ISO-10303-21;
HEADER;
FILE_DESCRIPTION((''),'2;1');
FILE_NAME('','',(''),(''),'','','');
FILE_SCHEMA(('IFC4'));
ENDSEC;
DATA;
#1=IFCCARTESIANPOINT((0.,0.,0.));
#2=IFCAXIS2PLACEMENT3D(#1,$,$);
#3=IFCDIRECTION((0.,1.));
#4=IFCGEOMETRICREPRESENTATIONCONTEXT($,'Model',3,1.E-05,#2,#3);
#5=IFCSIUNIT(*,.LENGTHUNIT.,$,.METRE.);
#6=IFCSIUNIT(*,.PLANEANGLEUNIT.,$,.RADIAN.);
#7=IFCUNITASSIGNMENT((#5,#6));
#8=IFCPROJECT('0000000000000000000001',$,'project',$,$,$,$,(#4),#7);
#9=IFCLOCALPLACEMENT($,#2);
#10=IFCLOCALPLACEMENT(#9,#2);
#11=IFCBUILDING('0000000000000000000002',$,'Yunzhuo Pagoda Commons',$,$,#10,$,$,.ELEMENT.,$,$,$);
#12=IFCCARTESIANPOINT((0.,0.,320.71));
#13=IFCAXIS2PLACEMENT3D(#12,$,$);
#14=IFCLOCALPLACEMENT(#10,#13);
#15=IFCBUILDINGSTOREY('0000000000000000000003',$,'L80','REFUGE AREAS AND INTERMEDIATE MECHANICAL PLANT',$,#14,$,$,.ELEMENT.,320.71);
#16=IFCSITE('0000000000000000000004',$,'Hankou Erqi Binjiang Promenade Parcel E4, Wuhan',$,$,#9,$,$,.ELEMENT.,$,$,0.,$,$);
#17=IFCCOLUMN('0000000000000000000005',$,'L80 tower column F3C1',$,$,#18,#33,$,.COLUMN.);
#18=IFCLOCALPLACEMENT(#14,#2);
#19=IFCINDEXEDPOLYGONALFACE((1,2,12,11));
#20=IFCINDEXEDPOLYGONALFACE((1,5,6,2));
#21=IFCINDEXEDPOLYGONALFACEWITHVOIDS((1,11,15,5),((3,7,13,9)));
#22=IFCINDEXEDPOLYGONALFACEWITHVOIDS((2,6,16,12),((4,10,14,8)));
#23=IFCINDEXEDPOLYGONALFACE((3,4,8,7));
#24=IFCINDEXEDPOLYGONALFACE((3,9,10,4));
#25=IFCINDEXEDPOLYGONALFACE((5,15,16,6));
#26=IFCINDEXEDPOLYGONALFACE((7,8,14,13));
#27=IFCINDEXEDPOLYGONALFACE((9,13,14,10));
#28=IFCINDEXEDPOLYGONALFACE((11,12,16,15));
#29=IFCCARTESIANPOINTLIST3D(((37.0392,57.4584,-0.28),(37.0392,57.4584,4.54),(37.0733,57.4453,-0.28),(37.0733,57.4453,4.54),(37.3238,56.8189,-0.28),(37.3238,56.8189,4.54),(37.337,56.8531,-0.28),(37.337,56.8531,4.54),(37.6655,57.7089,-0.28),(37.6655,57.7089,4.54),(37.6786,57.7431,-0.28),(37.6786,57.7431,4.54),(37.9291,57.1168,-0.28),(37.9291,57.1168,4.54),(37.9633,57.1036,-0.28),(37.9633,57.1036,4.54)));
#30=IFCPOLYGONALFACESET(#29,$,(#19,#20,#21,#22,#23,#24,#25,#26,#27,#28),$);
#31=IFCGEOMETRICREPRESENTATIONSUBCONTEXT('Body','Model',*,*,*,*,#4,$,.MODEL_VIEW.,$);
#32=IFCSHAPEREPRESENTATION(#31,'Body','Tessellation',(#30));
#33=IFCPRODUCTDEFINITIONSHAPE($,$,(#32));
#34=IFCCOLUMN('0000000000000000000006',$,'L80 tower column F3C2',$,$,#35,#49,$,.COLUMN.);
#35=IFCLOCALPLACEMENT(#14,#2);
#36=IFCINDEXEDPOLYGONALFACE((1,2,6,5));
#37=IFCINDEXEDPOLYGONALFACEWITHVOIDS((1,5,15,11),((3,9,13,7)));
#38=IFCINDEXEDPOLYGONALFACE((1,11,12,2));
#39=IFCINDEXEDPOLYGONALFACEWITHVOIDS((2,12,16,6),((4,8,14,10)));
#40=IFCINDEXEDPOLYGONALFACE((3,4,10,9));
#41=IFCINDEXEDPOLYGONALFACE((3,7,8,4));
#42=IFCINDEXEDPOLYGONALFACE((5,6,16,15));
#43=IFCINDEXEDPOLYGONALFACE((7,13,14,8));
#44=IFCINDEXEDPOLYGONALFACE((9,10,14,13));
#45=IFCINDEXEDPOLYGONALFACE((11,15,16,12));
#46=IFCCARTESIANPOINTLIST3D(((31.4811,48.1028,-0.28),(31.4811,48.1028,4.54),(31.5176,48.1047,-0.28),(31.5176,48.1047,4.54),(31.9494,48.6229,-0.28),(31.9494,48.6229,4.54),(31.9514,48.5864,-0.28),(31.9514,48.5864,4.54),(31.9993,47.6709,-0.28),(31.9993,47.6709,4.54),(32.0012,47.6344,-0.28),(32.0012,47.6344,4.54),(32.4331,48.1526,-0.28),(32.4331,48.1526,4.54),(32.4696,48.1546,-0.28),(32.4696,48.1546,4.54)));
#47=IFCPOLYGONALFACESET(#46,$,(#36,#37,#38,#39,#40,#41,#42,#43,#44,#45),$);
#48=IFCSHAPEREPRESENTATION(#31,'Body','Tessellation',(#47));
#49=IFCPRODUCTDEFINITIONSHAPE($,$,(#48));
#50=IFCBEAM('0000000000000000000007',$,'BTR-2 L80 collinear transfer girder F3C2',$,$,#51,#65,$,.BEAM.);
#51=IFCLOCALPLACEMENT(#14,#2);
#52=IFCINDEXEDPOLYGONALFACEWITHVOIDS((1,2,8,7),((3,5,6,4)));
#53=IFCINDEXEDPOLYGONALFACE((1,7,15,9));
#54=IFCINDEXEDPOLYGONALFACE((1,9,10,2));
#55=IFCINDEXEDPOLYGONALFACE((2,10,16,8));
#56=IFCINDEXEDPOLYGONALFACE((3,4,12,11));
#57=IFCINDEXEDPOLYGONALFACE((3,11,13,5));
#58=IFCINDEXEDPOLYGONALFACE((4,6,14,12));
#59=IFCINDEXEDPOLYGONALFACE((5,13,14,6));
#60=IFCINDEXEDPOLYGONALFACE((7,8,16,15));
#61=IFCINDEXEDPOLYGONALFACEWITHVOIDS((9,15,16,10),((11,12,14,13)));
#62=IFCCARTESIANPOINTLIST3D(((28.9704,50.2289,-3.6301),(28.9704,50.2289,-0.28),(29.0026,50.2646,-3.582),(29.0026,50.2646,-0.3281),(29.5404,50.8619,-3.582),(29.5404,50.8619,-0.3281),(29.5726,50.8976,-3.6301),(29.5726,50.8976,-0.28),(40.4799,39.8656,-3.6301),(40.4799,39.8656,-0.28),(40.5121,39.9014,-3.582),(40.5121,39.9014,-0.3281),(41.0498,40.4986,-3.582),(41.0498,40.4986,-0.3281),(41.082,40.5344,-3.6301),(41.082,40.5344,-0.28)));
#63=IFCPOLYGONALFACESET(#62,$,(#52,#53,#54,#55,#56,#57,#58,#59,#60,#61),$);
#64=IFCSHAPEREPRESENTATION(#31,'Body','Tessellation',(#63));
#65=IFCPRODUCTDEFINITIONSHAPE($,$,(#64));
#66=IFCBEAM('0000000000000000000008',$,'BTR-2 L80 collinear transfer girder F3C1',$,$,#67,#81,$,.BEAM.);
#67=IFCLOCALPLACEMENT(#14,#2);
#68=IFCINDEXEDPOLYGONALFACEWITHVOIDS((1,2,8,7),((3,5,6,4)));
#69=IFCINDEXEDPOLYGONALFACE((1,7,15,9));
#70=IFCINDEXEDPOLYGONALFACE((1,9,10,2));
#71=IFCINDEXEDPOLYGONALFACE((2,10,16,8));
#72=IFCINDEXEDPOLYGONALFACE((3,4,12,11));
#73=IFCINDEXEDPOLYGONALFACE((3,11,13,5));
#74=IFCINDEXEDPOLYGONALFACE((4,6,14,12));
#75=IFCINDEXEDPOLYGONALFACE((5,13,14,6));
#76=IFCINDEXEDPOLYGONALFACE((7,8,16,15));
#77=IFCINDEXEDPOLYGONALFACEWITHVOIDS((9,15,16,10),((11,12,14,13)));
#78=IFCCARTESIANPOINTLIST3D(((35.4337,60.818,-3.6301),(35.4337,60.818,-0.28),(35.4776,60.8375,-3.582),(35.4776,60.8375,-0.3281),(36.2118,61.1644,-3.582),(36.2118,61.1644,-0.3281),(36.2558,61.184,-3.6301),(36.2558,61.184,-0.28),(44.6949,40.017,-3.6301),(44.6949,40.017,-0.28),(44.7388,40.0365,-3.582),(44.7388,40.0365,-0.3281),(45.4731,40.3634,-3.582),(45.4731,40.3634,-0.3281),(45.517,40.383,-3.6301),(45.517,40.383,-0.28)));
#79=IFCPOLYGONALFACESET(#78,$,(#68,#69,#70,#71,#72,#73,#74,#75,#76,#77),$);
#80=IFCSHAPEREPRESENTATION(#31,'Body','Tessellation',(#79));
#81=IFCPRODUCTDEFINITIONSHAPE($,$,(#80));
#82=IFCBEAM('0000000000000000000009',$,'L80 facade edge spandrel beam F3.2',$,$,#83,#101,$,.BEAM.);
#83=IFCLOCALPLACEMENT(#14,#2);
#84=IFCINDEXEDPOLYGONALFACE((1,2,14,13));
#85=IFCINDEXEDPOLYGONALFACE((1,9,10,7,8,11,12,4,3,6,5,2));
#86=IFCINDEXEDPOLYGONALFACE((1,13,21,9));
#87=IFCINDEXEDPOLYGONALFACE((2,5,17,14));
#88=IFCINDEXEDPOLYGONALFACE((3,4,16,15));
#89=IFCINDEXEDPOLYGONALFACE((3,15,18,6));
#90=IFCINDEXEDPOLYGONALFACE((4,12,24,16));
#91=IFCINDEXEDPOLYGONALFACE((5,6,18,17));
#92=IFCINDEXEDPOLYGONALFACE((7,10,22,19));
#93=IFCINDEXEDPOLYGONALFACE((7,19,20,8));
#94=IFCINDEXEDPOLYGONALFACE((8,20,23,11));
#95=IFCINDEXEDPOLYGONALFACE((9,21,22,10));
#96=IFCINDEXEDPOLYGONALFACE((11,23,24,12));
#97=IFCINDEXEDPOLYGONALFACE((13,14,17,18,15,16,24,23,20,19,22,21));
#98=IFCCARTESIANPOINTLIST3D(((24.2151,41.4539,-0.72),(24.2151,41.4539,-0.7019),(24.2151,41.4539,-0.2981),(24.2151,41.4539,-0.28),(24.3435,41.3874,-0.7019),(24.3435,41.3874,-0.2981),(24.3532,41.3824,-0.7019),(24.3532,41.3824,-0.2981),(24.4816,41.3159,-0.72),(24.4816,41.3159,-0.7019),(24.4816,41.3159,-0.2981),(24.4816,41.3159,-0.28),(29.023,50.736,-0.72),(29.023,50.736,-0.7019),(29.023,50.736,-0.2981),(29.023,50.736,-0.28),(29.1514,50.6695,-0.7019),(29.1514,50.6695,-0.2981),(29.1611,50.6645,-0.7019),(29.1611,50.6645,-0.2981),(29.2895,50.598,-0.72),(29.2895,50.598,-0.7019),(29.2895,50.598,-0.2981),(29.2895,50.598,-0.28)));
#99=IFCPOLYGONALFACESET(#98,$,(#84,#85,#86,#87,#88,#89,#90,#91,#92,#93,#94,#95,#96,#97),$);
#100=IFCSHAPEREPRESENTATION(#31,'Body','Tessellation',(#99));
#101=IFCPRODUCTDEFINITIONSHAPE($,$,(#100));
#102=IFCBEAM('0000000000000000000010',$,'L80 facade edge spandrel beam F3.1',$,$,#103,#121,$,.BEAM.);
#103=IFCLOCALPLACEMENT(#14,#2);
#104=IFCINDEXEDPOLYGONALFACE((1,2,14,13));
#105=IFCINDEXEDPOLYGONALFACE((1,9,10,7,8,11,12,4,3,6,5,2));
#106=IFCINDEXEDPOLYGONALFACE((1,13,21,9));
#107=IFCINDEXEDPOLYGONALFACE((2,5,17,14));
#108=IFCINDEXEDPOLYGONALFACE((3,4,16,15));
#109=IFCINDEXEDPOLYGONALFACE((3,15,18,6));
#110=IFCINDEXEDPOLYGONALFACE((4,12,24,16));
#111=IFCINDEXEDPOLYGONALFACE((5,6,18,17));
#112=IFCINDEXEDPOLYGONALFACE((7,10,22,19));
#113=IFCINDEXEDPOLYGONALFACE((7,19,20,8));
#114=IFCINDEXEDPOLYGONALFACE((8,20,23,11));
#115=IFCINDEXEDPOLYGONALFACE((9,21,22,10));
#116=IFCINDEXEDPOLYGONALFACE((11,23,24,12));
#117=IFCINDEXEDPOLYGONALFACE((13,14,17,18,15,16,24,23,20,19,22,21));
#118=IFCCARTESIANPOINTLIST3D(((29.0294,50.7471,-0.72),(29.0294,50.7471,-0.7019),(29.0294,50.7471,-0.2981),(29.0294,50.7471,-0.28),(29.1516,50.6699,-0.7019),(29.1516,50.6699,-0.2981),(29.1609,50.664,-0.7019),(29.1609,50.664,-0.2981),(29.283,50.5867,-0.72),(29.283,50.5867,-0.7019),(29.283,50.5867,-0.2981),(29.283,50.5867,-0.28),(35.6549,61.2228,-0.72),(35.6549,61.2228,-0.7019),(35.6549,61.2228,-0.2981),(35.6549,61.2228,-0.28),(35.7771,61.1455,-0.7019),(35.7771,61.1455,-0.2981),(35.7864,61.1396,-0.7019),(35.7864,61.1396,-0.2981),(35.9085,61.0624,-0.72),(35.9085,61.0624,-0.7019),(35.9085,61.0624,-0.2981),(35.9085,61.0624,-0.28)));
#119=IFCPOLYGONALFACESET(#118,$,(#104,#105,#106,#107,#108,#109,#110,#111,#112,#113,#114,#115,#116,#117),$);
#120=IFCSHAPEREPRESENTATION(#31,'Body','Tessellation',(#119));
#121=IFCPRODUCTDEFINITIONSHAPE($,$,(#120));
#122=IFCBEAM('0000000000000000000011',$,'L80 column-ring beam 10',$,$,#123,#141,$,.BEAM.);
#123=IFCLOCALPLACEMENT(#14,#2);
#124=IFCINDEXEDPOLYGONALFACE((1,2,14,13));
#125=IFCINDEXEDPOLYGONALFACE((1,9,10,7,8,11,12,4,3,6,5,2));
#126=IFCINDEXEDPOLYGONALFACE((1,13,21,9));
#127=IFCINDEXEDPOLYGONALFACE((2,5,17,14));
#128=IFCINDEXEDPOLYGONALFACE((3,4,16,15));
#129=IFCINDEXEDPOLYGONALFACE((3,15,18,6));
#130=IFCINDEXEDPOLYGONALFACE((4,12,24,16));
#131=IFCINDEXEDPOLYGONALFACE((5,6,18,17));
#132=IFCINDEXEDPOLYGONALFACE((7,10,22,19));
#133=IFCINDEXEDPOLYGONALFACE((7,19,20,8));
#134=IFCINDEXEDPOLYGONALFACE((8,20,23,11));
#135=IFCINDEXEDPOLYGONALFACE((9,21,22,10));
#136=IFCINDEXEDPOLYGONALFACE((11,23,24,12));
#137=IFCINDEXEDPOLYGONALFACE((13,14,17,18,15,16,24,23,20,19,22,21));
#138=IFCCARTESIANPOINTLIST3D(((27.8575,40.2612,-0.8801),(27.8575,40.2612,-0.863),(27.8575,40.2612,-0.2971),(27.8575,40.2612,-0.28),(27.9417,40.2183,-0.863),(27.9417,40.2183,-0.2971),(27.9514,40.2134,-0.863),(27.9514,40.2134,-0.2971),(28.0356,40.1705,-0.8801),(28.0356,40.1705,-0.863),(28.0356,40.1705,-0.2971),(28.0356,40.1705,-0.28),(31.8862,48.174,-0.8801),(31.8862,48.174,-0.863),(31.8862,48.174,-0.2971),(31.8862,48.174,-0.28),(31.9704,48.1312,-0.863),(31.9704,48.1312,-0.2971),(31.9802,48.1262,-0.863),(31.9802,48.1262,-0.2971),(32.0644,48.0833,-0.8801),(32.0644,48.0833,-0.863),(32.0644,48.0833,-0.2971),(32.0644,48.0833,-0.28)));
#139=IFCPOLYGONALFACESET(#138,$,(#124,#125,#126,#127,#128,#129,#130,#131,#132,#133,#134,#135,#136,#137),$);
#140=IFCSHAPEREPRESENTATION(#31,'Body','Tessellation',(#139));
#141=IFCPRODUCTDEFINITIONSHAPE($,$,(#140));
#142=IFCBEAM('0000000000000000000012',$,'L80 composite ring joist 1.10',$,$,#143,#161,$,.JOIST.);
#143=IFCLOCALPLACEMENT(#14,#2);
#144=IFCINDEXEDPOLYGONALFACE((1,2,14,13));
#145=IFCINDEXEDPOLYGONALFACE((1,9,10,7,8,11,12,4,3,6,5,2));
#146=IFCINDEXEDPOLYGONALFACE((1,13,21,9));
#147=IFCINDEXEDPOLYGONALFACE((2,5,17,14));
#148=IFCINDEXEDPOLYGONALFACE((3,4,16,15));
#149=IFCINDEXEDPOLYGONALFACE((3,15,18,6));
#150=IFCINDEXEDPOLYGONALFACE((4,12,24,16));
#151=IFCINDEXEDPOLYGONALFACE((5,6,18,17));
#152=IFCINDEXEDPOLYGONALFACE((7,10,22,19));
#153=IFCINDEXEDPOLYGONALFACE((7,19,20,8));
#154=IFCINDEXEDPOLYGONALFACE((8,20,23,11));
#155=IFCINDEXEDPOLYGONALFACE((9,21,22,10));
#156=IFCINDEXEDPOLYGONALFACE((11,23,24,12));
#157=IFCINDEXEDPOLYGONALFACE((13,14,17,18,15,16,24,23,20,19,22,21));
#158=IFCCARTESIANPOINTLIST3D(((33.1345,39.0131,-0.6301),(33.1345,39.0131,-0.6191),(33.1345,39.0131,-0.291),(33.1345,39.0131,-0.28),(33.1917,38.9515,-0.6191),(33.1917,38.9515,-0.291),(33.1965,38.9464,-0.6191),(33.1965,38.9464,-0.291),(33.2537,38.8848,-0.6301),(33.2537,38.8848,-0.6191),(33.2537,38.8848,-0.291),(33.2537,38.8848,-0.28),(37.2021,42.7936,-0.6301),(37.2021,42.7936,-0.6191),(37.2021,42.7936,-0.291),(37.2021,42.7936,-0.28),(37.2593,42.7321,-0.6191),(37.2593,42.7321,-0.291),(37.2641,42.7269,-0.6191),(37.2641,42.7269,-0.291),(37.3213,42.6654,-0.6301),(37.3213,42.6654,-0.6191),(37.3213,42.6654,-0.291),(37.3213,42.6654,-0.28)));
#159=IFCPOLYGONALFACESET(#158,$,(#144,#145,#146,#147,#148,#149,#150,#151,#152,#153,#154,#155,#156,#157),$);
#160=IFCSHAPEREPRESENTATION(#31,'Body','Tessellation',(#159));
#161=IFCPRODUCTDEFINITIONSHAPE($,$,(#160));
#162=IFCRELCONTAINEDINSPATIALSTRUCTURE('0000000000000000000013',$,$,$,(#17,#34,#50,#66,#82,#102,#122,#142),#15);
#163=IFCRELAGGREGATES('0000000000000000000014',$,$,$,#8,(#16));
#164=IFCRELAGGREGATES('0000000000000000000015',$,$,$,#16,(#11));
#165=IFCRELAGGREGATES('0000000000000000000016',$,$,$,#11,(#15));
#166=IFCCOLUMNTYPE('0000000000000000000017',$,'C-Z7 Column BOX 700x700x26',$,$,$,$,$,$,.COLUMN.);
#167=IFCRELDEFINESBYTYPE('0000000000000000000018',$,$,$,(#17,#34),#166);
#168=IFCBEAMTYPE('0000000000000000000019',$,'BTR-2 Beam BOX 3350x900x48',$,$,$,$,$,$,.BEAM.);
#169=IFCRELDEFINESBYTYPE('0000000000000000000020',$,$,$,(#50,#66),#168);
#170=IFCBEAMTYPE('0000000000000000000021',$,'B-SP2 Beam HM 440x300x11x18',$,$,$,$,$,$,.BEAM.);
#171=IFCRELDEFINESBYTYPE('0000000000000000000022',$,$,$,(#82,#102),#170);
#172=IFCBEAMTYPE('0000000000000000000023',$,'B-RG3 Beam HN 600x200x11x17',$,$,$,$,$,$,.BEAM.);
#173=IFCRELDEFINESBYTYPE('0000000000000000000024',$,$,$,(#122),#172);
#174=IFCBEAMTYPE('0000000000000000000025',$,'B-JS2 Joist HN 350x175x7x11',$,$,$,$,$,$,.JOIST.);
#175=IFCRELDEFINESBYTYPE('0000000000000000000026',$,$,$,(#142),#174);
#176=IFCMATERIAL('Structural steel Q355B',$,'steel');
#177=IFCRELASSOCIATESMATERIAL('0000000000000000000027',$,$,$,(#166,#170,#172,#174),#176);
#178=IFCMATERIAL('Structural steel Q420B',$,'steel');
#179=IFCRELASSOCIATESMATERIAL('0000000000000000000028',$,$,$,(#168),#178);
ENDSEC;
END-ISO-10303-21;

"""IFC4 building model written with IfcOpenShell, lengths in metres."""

from ifc_helpers import new_model, si_unit, direction, frame, origin, origin_2d, place, context, subcontext, project, spatial, hollow_rectangle, i_section, extrude, source, transform, mapped, material, material_profile, profile_set, type_object, element, save


model = new_model("IFC4")

# Units and contexts
model_context = context("Model", 3, precision=1e-05, world=origin(), true_north=direction((0.0, 1.0)))
body_context = subcontext(model_context, "Body", "Model", "MODEL_VIEW")
ifc_project = project(units=[si_unit("LENGTHUNIT", "METRE"), si_unit("PLANEANGLEUNIT", "RADIAN")], contexts=[model_context])

# Site, building, storey
site_placement = place(None, origin())
site = spatial("IfcSite", under=ifc_project, at=site_placement, Name="Hankou Erqi Binjiang Promenade Parcel E4, Wuhan", CompositionType="ELEMENT", RefElevation=0.0)
building_placement = place(site_placement, origin())
building = spatial("IfcBuilding", under=site, at=building_placement, Name="Yunzhuo Pagoda Commons", CompositionType="ELEMENT")
storey_placement = place(building_placement, frame((0.0, 0.0, 320.71)))
storey = spatial("IfcBuildingStorey", under=building, at=storey_placement, Name="L80", Description="REFUGE AREAS AND INTERMEDIATE MECHANICAL PLANT", CompositionType="ELEMENT", Elevation=320.71)

# Columns
ifc_material_1 = material(Name="Structural steel Q355B", Category="steel")
ifc_material_profile_1 = material_profile(ifc_material_1, hollow_rectangle(XDim=0.7, YDim=0.7, WallThickness=0.0259, at=origin_2d()), Name="Structural steel Q355B")
ifc_profile_set_1 = profile_set([ifc_material_profile_1], Name="Structural steel Q355B")
column_type = type_object("IfcColumnType", Name="C-Z7 Column BOX 700x700x26", PredefinedType="COLUMN", material=ifc_profile_set_1)
shared_shape_1 = source(origin(), body_context, "Body", "SweptSolid", [
    extrude(hollow_rectangle(XDim=0.7, YDim=0.7, WallThickness=0.0259, at=origin_2d()), origin(), (0.0, 0.0, 1.0), 4.8201),
])
for number, where, z_axis, x_axis, name in (
    (1, (37.5012, 57.281, -0.28), (0.0, 0.0, 1.0), (-0.913545, -0.406737, 0.0), "L80 tower column F3C1"),
    (2, (31.9753, 48.1287, -0.28), (0.0, 0.0, 1.0), (-0.669131, -0.743145, 0.0), "L80 tower column F3C2"),
):
    element("IfcColumn", number, at=place(storey_placement, frame(where, z_axis=z_axis, x_axis=x_axis)), inside=storey, type_object=column_type, Name=name, PredefinedType="COLUMN", context=body_context, shape_type="MappedRepresentation", body=[
        mapped(shared_shape_1, transform((0.0, 0.0, 0.0), scale=1.0)),
    ])

# Beams
ifc_material_2 = material(Name="Structural steel Q420B", Category="steel")
ifc_material_profile_2 = material_profile(ifc_material_2, hollow_rectangle(XDim=0.8999, YDim=3.3501, WallThickness=0.0481, at=origin_2d()), Name="Structural steel Q420B")
ifc_profile_set_2 = profile_set([ifc_material_profile_2], Name="Structural steel Q420B")
beam_type_1 = type_object("IfcBeamType", Name="BTR-2 Beam BOX 3350x900x48", PredefinedType="BEAM", material=ifc_profile_set_2)
shared_shape_2 = source(origin(), body_context, "Body", "SweptSolid", [
    extrude(hollow_rectangle(XDim=0.8999, YDim=3.3501, WallThickness=0.0481, at=origin_2d()), origin(), (0.0, 0.0, 1.0), 15.4875),
])
beam_1_placement = place(storey_placement, frame((29.2715, 50.5632, -1.9551), z_axis=(0.743143, -0.669133, 0.0), x_axis=(0.669133, 0.743143, 0.0)))
element("IfcBeam", 3, at=beam_1_placement, inside=storey, type_object=beam_type_1, Name="BTR-2 L80 collinear transfer girder F3C2", PredefinedType="BEAM", context=body_context, shape_type="MappedRepresentation", body=[
    mapped(shared_shape_2, transform((0.0, 0.0, 0.0), scale=1.0)),
])
shared_shape_3 = source(origin(), body_context, "Body", "SweptSolid", [
    extrude(hollow_rectangle(XDim=0.8999, YDim=3.3501, WallThickness=0.0481, at=origin_2d()), origin(), (0.0, 0.0, 1.0), 22.7695),
])
beam_2_placement = place(storey_placement, frame((35.8447, 61.001, -1.9551), z_axis=(0.406737, -0.913545, 0.0), x_axis=(0.913545, 0.406737, 0.0)))
element("IfcBeam", 4, at=beam_2_placement, inside=storey, type_object=beam_type_1, Name="BTR-2 L80 collinear transfer girder F3C1", PredefinedType="BEAM", context=body_context, shape_type="MappedRepresentation", body=[
    mapped(shared_shape_3, transform((0.0, 0.0, 0.0), scale=1.0)),
])
ifc_material_profile_3 = material_profile(ifc_material_1, i_section(OverallWidth=0.3, OverallDepth=0.4399, WebThickness=0.011, FlangeThickness=0.0181, at=origin_2d()), Name="Structural steel Q355B")
ifc_profile_set_3 = profile_set([ifc_material_profile_3], Name="Structural steel Q355B")
beam_type_2 = type_object("IfcBeamType", Name="B-SP2 Beam HM 440x300x11x18", PredefinedType="BEAM", material=ifc_profile_set_3)
shared_shape_4 = source(origin(), body_context, "Body", "SweptSolid", [
    extrude(i_section(OverallWidth=0.3, OverallDepth=0.4399, WebThickness=0.011, FlangeThickness=0.0181, at=origin_2d()), origin(), (0.0, 0.0, 1.0), 10.4534),
])
beam_3_placement = place(storey_placement, frame((29.1562, 50.667, -0.5), z_axis=(-0.459939, -0.887951, 0.0), x_axis=(0.887951, -0.459939, 0.0)))
element("IfcBeam", 5, at=beam_3_placement, inside=storey, type_object=beam_type_2, Name="L80 facade edge spandrel beam F3.2", PredefinedType="BEAM", context=body_context, shape_type="MappedRepresentation", body=[
    mapped(shared_shape_4, transform((0.0, 0.0, 0.0), scale=1.0)),
])
shared_shape_5 = source(origin(), body_context, "Body", "SweptSolid", [
    extrude(i_section(OverallWidth=0.3, OverallDepth=0.4399, WebThickness=0.011, FlangeThickness=0.0181, at=origin_2d()), origin(), (0.0, 0.0, 1.0), 12.395),
])
beam_4_placement = place(storey_placement, frame((35.7817, 61.1426, -0.5), z_axis=(-0.534531, -0.845149, 0.0), x_axis=(0.845149, -0.534531, 0.0)))
element("IfcBeam", 6, at=beam_4_placement, inside=storey, type_object=beam_type_2, Name="L80 facade edge spandrel beam F3.1", PredefinedType="BEAM", context=body_context, shape_type="MappedRepresentation", body=[
    mapped(shared_shape_5, transform((0.0, 0.0, 0.0), scale=1.0)),
])
ifc_material_profile_4 = material_profile(ifc_material_1, i_section(OverallWidth=0.2, OverallDepth=0.6001, WebThickness=0.011, FlangeThickness=0.0171, at=origin_2d()), Name="Structural steel Q355B")
ifc_profile_set_4 = profile_set([ifc_material_profile_4], Name="Structural steel Q355B")
beam_type_3 = type_object("IfcBeamType", Name="B-RG3 Beam HN 600x200x11x17", PredefinedType="BEAM", material=ifc_profile_set_4)
shared_shape_6 = source(origin(), body_context, "Body", "SweptSolid", [
    extrude(i_section(OverallWidth=0.2, OverallDepth=0.6001, WebThickness=0.011, FlangeThickness=0.0171, at=origin_2d()), origin(), (0.0, 0.0, 1.0), 8.8794),
])
beam_5_placement = place(storey_placement, frame((31.9753, 48.1287, -0.5801), z_axis=(-0.453724, -0.891142, 0.0), x_axis=(0.891142, -0.453724, 0.0)))
element("IfcBeam", 7, at=beam_5_placement, inside=storey, type_object=beam_type_3, Name="L80 column-ring beam 10", PredefinedType="BEAM", context=body_context, shape_type="MappedRepresentation", body=[
    mapped(shared_shape_6, transform((0.0, 0.0, 0.0), scale=1.0)),
])
ifc_material_profile_5 = material_profile(ifc_material_1, i_section(OverallWidth=0.175, OverallDepth=0.3501, WebThickness=0.0071, FlangeThickness=0.011, at=origin_2d()), Name="Structural steel Q355B")
ifc_profile_set_5 = profile_set([ifc_material_profile_5], Name="Structural steel Q355B")
beam_type_4 = type_object("IfcBeamType", Name="B-JS2 Joist HN 350x175x7x11", PredefinedType="JOIST", material=ifc_profile_set_5)
shared_shape_7 = source(origin(), body_context, "Body", "SweptSolid", [
    extrude(i_section(OverallWidth=0.175, OverallDepth=0.3501, WebThickness=0.0071, FlangeThickness=0.011, at=origin_2d()), origin(), (0.0, 0.0, 1.0), 5.5532),
])
beam_6_placement = place(storey_placement, frame((37.2617, 42.7295, -0.4551), z_axis=(-0.732485, -0.680783, 0.0), x_axis=(0.680783, -0.732485, 0.0)))
element("IfcBeam", 8, at=beam_6_placement, inside=storey, type_object=beam_type_4, Name="L80 composite ring joist 1.10", PredefinedType="JOIST", context=body_context, shape_type="MappedRepresentation", body=[
    mapped(shared_shape_7, transform((0.0, 0.0, 0.0), scale=1.0)),
])

save(model, "model.ifc")
